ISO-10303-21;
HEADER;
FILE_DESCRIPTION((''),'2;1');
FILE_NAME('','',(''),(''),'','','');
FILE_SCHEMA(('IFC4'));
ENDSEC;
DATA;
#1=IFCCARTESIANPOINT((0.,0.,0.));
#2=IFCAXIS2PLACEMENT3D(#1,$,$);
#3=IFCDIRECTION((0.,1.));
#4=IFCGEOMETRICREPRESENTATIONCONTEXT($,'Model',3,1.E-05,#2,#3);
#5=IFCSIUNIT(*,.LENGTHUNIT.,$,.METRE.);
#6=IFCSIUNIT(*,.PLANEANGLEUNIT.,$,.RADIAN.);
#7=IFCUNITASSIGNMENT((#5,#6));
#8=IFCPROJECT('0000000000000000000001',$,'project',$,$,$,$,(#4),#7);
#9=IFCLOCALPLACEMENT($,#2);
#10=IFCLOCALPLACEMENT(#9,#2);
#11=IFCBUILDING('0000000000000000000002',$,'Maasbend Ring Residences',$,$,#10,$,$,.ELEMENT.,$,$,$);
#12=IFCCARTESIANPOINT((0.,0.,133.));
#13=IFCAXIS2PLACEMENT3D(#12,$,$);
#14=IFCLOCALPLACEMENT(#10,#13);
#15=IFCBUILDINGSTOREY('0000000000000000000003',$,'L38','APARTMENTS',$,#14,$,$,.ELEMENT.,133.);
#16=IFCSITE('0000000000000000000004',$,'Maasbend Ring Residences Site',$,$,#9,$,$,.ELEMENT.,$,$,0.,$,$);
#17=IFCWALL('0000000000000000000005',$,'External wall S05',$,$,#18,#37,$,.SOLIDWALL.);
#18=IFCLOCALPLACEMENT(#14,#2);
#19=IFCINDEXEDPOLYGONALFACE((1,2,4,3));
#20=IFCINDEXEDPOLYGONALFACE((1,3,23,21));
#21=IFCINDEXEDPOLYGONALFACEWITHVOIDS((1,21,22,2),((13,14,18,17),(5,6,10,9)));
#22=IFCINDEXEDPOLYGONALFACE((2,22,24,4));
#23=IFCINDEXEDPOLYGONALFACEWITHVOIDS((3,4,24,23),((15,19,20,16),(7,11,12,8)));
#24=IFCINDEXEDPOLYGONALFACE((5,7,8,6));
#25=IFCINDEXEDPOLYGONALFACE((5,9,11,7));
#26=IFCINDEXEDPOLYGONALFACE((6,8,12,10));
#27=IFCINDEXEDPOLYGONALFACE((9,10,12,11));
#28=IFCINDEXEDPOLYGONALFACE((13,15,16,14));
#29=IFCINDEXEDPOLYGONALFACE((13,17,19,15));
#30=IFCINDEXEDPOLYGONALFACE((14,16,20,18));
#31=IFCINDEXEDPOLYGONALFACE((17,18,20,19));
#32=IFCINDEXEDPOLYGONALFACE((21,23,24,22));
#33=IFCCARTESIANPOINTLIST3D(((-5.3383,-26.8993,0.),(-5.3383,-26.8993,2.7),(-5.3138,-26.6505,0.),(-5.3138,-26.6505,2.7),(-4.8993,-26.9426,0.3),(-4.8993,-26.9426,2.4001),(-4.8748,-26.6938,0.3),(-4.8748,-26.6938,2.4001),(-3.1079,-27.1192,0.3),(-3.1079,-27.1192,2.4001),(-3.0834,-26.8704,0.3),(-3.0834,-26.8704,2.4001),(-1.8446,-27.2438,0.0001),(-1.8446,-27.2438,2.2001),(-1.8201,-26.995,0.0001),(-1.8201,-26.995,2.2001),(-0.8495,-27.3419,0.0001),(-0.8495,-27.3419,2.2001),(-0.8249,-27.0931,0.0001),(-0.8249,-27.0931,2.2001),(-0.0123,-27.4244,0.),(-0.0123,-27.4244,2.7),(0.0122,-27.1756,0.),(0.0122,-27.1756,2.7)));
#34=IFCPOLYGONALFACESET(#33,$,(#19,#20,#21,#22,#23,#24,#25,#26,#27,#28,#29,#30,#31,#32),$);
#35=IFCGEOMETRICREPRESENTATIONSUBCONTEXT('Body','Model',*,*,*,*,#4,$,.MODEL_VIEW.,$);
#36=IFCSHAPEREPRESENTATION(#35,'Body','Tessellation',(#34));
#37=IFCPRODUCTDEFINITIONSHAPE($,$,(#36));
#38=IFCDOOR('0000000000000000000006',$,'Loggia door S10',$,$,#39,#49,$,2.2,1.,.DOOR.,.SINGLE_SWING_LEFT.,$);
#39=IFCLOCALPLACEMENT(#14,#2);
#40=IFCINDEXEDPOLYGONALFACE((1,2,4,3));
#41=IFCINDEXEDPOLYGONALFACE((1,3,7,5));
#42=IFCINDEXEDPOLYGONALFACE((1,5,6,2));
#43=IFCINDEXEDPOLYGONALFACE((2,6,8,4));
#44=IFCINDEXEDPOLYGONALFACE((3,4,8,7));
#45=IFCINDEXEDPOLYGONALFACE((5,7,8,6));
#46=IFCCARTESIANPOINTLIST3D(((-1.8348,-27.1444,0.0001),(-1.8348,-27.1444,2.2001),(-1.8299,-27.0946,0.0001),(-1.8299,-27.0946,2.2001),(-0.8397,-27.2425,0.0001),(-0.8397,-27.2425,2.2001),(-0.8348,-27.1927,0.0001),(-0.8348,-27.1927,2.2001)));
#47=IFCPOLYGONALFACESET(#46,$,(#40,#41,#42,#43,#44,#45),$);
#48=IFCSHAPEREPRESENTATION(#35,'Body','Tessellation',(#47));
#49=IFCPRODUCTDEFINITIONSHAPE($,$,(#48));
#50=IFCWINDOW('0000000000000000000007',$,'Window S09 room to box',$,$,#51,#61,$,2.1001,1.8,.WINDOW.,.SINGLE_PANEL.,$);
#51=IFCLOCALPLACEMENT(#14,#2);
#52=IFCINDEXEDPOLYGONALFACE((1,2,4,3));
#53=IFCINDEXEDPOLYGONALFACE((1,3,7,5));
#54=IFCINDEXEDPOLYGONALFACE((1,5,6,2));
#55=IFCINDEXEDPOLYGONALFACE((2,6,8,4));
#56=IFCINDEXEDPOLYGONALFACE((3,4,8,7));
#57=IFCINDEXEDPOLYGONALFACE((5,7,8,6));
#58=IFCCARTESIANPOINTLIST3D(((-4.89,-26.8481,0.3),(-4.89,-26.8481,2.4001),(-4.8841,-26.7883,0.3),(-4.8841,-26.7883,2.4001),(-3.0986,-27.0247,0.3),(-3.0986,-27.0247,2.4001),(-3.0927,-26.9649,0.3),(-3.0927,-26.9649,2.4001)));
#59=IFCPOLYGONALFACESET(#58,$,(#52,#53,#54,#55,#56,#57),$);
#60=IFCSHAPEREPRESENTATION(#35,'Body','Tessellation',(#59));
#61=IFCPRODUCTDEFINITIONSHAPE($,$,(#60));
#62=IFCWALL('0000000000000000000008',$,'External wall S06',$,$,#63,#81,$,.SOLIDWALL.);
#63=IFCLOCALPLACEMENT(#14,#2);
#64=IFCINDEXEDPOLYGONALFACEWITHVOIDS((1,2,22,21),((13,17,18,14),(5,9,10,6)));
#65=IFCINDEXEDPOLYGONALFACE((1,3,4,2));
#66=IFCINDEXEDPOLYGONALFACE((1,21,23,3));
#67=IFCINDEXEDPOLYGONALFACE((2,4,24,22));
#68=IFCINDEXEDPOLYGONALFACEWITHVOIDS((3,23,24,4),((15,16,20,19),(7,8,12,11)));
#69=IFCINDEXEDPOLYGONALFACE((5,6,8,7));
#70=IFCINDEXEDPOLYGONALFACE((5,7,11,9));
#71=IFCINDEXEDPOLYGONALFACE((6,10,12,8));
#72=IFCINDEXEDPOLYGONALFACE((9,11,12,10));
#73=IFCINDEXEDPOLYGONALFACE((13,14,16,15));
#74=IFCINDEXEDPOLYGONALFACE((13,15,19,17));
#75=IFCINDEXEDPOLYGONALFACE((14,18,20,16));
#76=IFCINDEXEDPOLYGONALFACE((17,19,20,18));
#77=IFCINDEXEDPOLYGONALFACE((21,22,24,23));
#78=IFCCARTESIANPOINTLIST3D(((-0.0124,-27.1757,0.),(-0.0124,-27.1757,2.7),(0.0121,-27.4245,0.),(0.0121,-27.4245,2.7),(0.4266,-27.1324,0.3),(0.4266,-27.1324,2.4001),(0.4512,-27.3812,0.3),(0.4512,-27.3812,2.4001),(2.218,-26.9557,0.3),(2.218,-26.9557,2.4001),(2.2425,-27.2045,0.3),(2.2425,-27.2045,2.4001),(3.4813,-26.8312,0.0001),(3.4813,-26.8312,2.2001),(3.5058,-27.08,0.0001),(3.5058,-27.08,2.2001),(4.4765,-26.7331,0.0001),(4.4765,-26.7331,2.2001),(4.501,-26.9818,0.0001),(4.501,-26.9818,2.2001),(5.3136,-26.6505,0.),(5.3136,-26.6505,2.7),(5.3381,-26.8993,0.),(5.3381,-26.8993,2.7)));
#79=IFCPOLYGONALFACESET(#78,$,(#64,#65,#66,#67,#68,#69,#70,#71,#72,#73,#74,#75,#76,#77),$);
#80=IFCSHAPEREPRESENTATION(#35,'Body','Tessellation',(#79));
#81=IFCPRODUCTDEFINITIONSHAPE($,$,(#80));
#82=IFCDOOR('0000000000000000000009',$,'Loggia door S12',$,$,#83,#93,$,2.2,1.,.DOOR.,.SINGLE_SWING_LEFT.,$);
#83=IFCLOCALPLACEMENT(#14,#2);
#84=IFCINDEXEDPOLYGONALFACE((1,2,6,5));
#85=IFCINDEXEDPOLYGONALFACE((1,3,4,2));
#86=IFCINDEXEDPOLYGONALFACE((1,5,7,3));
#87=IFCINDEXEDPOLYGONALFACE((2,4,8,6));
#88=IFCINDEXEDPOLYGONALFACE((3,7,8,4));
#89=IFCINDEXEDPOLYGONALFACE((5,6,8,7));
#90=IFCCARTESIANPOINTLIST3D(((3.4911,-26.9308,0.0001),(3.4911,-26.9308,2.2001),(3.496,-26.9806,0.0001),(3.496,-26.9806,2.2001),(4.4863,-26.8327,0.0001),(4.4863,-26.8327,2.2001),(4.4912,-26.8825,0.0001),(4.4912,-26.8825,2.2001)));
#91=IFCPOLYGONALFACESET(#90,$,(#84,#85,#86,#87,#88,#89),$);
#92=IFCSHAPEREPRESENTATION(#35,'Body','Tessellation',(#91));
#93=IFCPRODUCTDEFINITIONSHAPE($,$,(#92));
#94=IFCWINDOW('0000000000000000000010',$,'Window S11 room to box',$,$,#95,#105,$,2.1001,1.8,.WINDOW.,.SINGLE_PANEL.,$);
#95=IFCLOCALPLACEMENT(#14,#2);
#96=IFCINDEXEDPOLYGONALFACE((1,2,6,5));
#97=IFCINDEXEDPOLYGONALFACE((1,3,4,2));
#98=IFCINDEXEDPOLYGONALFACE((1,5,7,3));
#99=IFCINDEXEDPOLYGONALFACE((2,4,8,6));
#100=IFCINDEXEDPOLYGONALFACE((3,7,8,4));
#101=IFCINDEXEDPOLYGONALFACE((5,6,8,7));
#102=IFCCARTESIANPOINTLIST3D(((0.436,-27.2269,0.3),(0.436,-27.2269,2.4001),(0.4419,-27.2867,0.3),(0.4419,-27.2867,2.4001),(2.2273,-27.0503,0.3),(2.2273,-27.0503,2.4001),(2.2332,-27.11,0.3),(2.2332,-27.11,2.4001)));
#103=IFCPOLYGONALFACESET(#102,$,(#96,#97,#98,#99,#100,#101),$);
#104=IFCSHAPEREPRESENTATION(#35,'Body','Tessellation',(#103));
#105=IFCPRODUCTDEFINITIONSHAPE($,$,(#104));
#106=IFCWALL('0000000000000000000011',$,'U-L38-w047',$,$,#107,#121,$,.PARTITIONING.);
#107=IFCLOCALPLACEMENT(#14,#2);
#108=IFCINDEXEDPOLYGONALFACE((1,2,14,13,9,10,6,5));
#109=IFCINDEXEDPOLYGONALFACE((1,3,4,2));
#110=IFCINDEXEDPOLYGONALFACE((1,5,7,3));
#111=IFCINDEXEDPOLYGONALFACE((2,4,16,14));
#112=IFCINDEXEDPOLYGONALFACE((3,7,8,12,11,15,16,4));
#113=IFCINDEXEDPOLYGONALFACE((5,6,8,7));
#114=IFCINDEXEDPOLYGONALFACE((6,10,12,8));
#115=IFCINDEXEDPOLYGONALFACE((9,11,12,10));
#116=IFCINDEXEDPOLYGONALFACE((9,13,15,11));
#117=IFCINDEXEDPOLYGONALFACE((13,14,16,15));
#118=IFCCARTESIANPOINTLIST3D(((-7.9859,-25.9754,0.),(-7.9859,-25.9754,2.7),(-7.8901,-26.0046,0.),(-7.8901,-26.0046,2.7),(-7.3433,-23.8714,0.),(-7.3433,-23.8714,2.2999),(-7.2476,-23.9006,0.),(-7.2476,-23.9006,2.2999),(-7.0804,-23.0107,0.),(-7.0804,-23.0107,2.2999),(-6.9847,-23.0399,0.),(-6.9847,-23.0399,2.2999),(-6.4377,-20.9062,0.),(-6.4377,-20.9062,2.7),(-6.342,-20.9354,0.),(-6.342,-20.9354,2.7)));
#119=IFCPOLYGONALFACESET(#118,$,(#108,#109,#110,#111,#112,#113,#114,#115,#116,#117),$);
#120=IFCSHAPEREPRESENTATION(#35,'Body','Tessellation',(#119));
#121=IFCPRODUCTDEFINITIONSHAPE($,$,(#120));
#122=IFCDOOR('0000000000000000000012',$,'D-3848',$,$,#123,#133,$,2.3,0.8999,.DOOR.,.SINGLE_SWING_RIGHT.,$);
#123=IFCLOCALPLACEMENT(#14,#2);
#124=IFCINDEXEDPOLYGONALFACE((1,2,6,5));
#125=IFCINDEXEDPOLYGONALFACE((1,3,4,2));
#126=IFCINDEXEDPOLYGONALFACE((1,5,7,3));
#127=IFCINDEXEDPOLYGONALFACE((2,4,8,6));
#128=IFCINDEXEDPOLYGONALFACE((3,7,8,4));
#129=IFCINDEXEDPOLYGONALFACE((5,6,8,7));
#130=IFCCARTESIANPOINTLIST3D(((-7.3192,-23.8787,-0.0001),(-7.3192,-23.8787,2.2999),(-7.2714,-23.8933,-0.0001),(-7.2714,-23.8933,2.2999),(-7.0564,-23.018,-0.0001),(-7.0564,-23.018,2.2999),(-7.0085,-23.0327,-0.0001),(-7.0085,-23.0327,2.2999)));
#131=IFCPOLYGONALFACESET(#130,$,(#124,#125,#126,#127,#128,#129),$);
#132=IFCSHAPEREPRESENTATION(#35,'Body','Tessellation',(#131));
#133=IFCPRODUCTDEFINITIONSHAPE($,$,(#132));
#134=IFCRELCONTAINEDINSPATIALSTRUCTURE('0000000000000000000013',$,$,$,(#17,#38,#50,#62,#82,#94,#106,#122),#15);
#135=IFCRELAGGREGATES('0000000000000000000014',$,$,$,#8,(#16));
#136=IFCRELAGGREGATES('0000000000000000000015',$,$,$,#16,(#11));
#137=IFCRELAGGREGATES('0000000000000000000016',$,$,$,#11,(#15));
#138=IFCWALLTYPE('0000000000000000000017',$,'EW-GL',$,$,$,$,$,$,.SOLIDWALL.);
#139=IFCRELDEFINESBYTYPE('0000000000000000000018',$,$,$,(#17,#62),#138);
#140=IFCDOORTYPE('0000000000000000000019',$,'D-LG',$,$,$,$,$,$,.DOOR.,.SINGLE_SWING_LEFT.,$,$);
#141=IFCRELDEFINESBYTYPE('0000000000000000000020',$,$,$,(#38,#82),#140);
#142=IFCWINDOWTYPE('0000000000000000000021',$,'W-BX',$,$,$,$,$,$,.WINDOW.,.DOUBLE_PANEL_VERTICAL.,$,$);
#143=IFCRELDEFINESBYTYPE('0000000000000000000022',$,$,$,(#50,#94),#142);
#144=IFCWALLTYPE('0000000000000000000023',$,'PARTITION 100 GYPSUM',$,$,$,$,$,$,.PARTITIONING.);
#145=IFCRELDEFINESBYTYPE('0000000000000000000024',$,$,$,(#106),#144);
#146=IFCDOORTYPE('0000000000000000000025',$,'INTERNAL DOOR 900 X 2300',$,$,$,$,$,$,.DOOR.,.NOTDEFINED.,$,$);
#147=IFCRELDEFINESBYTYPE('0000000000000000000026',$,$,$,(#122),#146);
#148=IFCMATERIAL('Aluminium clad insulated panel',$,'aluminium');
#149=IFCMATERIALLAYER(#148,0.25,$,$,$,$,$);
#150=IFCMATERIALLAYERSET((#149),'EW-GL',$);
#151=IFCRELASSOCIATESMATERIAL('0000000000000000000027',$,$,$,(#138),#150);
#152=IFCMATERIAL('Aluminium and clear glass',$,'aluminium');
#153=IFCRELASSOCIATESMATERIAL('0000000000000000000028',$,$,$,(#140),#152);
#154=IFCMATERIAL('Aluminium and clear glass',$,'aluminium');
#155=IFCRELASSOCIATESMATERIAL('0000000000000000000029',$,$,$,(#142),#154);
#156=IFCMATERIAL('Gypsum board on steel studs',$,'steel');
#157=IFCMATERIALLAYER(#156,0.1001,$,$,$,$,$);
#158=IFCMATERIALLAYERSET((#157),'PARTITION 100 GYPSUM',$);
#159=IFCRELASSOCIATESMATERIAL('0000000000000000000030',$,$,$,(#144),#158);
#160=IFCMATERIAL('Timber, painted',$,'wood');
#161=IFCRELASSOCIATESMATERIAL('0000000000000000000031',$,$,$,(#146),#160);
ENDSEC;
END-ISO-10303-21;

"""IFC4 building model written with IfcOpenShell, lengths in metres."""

from ifc_helpers import new_model, si_unit, direction, frame, frame_2d, origin, place, context, subcontext, project, spatial, rectangle, extrude, material, layer, layer_set, type_object, element, fill, save


model = new_model("IFC4")

# Units and contexts
model_context = context("Model", 3, precision=1e-05, world=origin(), true_north=direction((0.0, 1.0)))
body_context = subcontext(model_context, "Body", "Model", "MODEL_VIEW")
ifc_project = project(units=[si_unit("LENGTHUNIT", "METRE"), si_unit("PLANEANGLEUNIT", "RADIAN")], contexts=[model_context])

# Site, building, storey
site_placement = place(None, origin())
site = spatial("IfcSite", under=ifc_project, at=site_placement, Name="Maasbend Ring Residences Site", CompositionType="ELEMENT", RefElevation=0.0)
building_placement = place(site_placement, origin())
building = spatial("IfcBuilding", under=site, at=building_placement, Name="Maasbend Ring Residences", CompositionType="ELEMENT")
storey_placement = place(building_placement, frame((0.0, 0.0, 133.0)))
storey = spatial("IfcBuildingStorey", under=building, at=storey_placement, Name="L38", Description="APARTMENTS", CompositionType="ELEMENT", Elevation=133.0)

# Walls, openings, doors, windows
ifc_material_1 = material(Name="Aluminium clad insulated panel", Category="aluminium")
ifc_layer_1 = layer(ifc_material_1, 0.25)
ifc_layer_set_1 = layer_set([ifc_layer_1], Name="EW-GL")
wall_type_1 = type_object("IfcWallType", Name="EW-GL", PredefinedType="SOLIDWALL", material=ifc_layer_set_1)
ifc_material_2 = material(Name="Aluminium and clear glass", Category="aluminium")
door_type_1 = type_object("IfcDoorType", Name="D-LG", OperationType="SINGLE_SWING_LEFT", PredefinedType="DOOR", material=ifc_material_2)
ifc_material_3 = material(Name="Aluminium and clear glass", Category="aluminium")
window_type_1 = type_object("IfcWindowType", Name="W-BX", PartitioningType="DOUBLE_PANEL_VERTICAL", PredefinedType="WINDOW", material=ifc_material_3)
wall_1_placement = place(storey_placement, frame((-5.3259, -26.7749, 0.0), z_axis=(0.0, 0.0, 1.0), x_axis=(0.995174, -0.098126, 0.0)))
wall_1 = element("IfcWall", 1, at=wall_1_placement, inside=storey, type_object=wall_type_1, Name="External wall S05", PredefinedType="SOLIDWALL", context=body_context, shape_type="SweptSolid", body=[
    extrude(rectangle(XDim=5.3518, YDim=0.25, at=frame_2d((2.6758, 0.0))), origin(), (0.0, 0.0, 1.0), 2.7),
])
opening_1_placement = place(wall_1_placement, frame((0.4412, 0.0, 0.3)))
opening_1 = element("IfcOpeningElement", 2, at=opening_1_placement, cuts=wall_1, PredefinedType="OPENING", context=body_context, shape_type="SweptSolid", body=[
    extrude(rectangle(XDim=1.8, YDim=2.1001, at=frame_2d((0.8999, 1.05))), frame((0.0, 0.135, 0.0), z_axis=(0.0, -1.0, 0.0), x_axis=(1.0, 0.0, 0.0)), (0.0, 0.0, 1.0), 0.27),
])
opening_2_placement = place(wall_1_placement, frame((3.5105, 0.0, 0.0)))
opening_2 = element("IfcOpeningElement", 3, at=opening_2_placement, cuts=wall_1, PredefinedType="OPENING", context=body_context, shape_type="SweptSolid", body=[
    extrude(rectangle(XDim=1.0, YDim=2.2, at=frame_2d((0.5, 1.1001))), frame((0.0, 0.135, 0.0), z_axis=(0.0, -1.0, 0.0), x_axis=(1.0, 0.0, 0.0)), (0.0, 0.0, 1.0), 0.27),
])
door_1_placement = place(opening_2_placement, origin())
door_1 = element("IfcDoor", 4, at=door_1_placement, inside=storey, type_object=door_type_1, Name="Loggia door S10", OperationType="SINGLE_SWING_LEFT", OverallHeight=2.2, OverallWidth=1.0, PredefinedType="DOOR", context=body_context, shape_type="SweptSolid", body=[
    extrude(rectangle(XDim=1.0, YDim=2.2, at=frame_2d((0.5, 1.1001))), frame((0.0, 0.0249, 0.0), z_axis=(0.0, -1.0, 0.0), x_axis=(1.0, 0.0, 0.0)), (0.0, 0.0, 1.0), 0.05),
])
fill(opening_2, door_1)
window_1_placement = place(opening_1_placement, origin())
window_1 = element("IfcWindow", 5, at=window_1_placement, inside=storey, type_object=window_type_1, Name="Window S09 room to box", OverallHeight=2.1001, OverallWidth=1.8, PartitioningType="SINGLE_PANEL", PredefinedType="WINDOW", context=body_context, shape_type="SweptSolid", body=[
    extrude(rectangle(XDim=1.8, YDim=2.1001, at=frame_2d((0.8999, 1.05))), frame((0.0, 0.03, 0.0), z_axis=(0.0, -1.0, 0.0), x_axis=(1.0, 0.0, 0.0)), (0.0, 0.0, 1.0), 0.0601),
])
fill(opening_1, window_1)
wall_2_placement = place(storey_placement, frame((0.0, -27.3, 0.0), z_axis=(0.0, 0.0, 1.0), x_axis=(0.995174, 0.098126, 0.0)))
wall_2 = element("IfcWall", 6, at=wall_2_placement, inside=storey, type_object=wall_type_1, Name="External wall S06", PredefinedType="SOLIDWALL", context=body_context, shape_type="SweptSolid", body=[
    extrude(rectangle(XDim=5.3518, YDim=0.25, at=frame_2d((2.6758, 0.0))), origin(), (0.0, 0.0, 1.0), 2.7),
])
opening_3_placement = place(wall_2_placement, frame((0.4412, 0.0, 0.3)))
opening_3 = element("IfcOpeningElement", 7, at=opening_3_placement, cuts=wall_2, PredefinedType="OPENING", context=body_context, shape_type="SweptSolid", body=[
    extrude(rectangle(XDim=1.8, YDim=2.1001, at=frame_2d((0.8999, 1.05))), frame((0.0, 0.135, 0.0), z_axis=(0.0, -1.0, 0.0), x_axis=(1.0, 0.0, 0.0)), (0.0, 0.0, 1.0), 0.27),
])
opening_4_placement = place(wall_2_placement, frame((3.5105, 0.0, 0.0)))
opening_4 = element("IfcOpeningElement", 8, at=opening_4_placement, cuts=wall_2, PredefinedType="OPENING", context=body_context, shape_type="SweptSolid", body=[
    extrude(rectangle(XDim=1.0, YDim=2.2, at=frame_2d((0.5, 1.1001))), frame((0.0, 0.135, 0.0), z_axis=(0.0, -1.0, 0.0), x_axis=(1.0, 0.0, 0.0)), (0.0, 0.0, 1.0), 0.27),
])
door_2_placement = place(opening_4_placement, origin())
door_2 = element("IfcDoor", 9, at=door_2_placement, inside=storey, type_object=door_type_1, Name="Loggia door S12", OperationType="SINGLE_SWING_LEFT", OverallHeight=2.2, OverallWidth=1.0, PredefinedType="DOOR", context=body_context, shape_type="SweptSolid", body=[
    extrude(rectangle(XDim=1.0, YDim=2.2, at=frame_2d((0.5, 1.1001))), frame((0.0, 0.0249, 0.0), z_axis=(0.0, -1.0, 0.0), x_axis=(1.0, 0.0, 0.0)), (0.0, 0.0, 1.0), 0.05),
])
fill(opening_4, door_2)
window_2_placement = place(opening_3_placement, origin())
window_2 = element("IfcWindow", 10, at=window_2_placement, inside=storey, type_object=window_type_1, Name="Window S11 room to box", OverallHeight=2.1001, OverallWidth=1.8, PartitioningType="SINGLE_PANEL", PredefinedType="WINDOW", context=body_context, shape_type="SweptSolid", body=[
    extrude(rectangle(XDim=1.8, YDim=2.1001, at=frame_2d((0.8999, 1.05))), frame((0.0, 0.03, 0.0), z_axis=(0.0, -1.0, 0.0), x_axis=(1.0, 0.0, 0.0)), (0.0, 0.0, 1.0), 0.0601),
])
fill(opening_3, window_2)

# Wall, opening, door
ifc_material_4 = material(Name="Gypsum board on steel studs", Category="steel")
ifc_layer_2 = layer(ifc_material_4, 0.1001)
ifc_layer_set_2 = layer_set([ifc_layer_2], Name="PARTITION 100 GYPSUM")
wall_type_2 = type_object("IfcWallType", Name="PARTITION 100 GYPSUM", PredefinedType="PARTITIONING", material=ifc_layer_set_2)
wall_3_placement = place(storey_placement, frame((-7.938, -25.99, 0.0), z_axis=(0.0, 0.0, 1.0), x_axis=(0.292082, 0.956393, 0.0)))
wall_3 = element("IfcWall", 11, at=wall_3_placement, inside=storey, type_object=wall_type_2, Name="U-L38-w047", PredefinedType="PARTITIONING", context=body_context, shape_type="SweptSolid", body=[
    extrude(rectangle(XDim=5.3003, YDim=0.1001, at=frame_2d((2.6501, 0.0))), origin(), (0.0, 0.0, 1.0), 2.7),
])
opening_5_placement = place(wall_3_placement, frame((2.2, 0.0, 0.0)))
opening_5 = element("IfcOpeningElement", 12, at=opening_5_placement, cuts=wall_3, PredefinedType="OPENING", context=body_context, shape_type="SweptSolid", body=[
    extrude(rectangle(XDim=0.8999, YDim=2.3, at=frame_2d((0.45, 1.1499))), frame((0.0, 0.0601, 0.0), z_axis=(0.0, -1.0, 0.0), x_axis=(1.0, 0.0, 0.0)), (0.0, 0.0, 1.0), 0.1201),
])
ifc_material_5 = material(Name="Timber, painted", Category="wood")
door_type_2 = type_object("IfcDoorType", Name="INTERNAL DOOR 900 X 2300", OperationType="NOTDEFINED", PredefinedType="DOOR", material=ifc_material_5)
door_3_placement = place(opening_5_placement, origin())
door_3 = element("IfcDoor", 13, at=door_3_placement, inside=storey, type_object=door_type_2, Name="D-3848", OperationType="SINGLE_SWING_RIGHT", OverallHeight=2.3, OverallWidth=0.8999, PredefinedType="DOOR", context=body_context, shape_type="SweptSolid", body=[
    extrude(rectangle(XDim=0.8999, YDim=2.3, at=frame_2d((0.45, 1.1499))), frame((0.0, 0.0249, 0.0), z_axis=(0.0, -1.0, 0.0), x_axis=(1.0, 0.0, 0.0)), (0.0, 0.0, 1.0), 0.05),
])
fill(opening_5, door_3)

save(model, "model.ifc")
